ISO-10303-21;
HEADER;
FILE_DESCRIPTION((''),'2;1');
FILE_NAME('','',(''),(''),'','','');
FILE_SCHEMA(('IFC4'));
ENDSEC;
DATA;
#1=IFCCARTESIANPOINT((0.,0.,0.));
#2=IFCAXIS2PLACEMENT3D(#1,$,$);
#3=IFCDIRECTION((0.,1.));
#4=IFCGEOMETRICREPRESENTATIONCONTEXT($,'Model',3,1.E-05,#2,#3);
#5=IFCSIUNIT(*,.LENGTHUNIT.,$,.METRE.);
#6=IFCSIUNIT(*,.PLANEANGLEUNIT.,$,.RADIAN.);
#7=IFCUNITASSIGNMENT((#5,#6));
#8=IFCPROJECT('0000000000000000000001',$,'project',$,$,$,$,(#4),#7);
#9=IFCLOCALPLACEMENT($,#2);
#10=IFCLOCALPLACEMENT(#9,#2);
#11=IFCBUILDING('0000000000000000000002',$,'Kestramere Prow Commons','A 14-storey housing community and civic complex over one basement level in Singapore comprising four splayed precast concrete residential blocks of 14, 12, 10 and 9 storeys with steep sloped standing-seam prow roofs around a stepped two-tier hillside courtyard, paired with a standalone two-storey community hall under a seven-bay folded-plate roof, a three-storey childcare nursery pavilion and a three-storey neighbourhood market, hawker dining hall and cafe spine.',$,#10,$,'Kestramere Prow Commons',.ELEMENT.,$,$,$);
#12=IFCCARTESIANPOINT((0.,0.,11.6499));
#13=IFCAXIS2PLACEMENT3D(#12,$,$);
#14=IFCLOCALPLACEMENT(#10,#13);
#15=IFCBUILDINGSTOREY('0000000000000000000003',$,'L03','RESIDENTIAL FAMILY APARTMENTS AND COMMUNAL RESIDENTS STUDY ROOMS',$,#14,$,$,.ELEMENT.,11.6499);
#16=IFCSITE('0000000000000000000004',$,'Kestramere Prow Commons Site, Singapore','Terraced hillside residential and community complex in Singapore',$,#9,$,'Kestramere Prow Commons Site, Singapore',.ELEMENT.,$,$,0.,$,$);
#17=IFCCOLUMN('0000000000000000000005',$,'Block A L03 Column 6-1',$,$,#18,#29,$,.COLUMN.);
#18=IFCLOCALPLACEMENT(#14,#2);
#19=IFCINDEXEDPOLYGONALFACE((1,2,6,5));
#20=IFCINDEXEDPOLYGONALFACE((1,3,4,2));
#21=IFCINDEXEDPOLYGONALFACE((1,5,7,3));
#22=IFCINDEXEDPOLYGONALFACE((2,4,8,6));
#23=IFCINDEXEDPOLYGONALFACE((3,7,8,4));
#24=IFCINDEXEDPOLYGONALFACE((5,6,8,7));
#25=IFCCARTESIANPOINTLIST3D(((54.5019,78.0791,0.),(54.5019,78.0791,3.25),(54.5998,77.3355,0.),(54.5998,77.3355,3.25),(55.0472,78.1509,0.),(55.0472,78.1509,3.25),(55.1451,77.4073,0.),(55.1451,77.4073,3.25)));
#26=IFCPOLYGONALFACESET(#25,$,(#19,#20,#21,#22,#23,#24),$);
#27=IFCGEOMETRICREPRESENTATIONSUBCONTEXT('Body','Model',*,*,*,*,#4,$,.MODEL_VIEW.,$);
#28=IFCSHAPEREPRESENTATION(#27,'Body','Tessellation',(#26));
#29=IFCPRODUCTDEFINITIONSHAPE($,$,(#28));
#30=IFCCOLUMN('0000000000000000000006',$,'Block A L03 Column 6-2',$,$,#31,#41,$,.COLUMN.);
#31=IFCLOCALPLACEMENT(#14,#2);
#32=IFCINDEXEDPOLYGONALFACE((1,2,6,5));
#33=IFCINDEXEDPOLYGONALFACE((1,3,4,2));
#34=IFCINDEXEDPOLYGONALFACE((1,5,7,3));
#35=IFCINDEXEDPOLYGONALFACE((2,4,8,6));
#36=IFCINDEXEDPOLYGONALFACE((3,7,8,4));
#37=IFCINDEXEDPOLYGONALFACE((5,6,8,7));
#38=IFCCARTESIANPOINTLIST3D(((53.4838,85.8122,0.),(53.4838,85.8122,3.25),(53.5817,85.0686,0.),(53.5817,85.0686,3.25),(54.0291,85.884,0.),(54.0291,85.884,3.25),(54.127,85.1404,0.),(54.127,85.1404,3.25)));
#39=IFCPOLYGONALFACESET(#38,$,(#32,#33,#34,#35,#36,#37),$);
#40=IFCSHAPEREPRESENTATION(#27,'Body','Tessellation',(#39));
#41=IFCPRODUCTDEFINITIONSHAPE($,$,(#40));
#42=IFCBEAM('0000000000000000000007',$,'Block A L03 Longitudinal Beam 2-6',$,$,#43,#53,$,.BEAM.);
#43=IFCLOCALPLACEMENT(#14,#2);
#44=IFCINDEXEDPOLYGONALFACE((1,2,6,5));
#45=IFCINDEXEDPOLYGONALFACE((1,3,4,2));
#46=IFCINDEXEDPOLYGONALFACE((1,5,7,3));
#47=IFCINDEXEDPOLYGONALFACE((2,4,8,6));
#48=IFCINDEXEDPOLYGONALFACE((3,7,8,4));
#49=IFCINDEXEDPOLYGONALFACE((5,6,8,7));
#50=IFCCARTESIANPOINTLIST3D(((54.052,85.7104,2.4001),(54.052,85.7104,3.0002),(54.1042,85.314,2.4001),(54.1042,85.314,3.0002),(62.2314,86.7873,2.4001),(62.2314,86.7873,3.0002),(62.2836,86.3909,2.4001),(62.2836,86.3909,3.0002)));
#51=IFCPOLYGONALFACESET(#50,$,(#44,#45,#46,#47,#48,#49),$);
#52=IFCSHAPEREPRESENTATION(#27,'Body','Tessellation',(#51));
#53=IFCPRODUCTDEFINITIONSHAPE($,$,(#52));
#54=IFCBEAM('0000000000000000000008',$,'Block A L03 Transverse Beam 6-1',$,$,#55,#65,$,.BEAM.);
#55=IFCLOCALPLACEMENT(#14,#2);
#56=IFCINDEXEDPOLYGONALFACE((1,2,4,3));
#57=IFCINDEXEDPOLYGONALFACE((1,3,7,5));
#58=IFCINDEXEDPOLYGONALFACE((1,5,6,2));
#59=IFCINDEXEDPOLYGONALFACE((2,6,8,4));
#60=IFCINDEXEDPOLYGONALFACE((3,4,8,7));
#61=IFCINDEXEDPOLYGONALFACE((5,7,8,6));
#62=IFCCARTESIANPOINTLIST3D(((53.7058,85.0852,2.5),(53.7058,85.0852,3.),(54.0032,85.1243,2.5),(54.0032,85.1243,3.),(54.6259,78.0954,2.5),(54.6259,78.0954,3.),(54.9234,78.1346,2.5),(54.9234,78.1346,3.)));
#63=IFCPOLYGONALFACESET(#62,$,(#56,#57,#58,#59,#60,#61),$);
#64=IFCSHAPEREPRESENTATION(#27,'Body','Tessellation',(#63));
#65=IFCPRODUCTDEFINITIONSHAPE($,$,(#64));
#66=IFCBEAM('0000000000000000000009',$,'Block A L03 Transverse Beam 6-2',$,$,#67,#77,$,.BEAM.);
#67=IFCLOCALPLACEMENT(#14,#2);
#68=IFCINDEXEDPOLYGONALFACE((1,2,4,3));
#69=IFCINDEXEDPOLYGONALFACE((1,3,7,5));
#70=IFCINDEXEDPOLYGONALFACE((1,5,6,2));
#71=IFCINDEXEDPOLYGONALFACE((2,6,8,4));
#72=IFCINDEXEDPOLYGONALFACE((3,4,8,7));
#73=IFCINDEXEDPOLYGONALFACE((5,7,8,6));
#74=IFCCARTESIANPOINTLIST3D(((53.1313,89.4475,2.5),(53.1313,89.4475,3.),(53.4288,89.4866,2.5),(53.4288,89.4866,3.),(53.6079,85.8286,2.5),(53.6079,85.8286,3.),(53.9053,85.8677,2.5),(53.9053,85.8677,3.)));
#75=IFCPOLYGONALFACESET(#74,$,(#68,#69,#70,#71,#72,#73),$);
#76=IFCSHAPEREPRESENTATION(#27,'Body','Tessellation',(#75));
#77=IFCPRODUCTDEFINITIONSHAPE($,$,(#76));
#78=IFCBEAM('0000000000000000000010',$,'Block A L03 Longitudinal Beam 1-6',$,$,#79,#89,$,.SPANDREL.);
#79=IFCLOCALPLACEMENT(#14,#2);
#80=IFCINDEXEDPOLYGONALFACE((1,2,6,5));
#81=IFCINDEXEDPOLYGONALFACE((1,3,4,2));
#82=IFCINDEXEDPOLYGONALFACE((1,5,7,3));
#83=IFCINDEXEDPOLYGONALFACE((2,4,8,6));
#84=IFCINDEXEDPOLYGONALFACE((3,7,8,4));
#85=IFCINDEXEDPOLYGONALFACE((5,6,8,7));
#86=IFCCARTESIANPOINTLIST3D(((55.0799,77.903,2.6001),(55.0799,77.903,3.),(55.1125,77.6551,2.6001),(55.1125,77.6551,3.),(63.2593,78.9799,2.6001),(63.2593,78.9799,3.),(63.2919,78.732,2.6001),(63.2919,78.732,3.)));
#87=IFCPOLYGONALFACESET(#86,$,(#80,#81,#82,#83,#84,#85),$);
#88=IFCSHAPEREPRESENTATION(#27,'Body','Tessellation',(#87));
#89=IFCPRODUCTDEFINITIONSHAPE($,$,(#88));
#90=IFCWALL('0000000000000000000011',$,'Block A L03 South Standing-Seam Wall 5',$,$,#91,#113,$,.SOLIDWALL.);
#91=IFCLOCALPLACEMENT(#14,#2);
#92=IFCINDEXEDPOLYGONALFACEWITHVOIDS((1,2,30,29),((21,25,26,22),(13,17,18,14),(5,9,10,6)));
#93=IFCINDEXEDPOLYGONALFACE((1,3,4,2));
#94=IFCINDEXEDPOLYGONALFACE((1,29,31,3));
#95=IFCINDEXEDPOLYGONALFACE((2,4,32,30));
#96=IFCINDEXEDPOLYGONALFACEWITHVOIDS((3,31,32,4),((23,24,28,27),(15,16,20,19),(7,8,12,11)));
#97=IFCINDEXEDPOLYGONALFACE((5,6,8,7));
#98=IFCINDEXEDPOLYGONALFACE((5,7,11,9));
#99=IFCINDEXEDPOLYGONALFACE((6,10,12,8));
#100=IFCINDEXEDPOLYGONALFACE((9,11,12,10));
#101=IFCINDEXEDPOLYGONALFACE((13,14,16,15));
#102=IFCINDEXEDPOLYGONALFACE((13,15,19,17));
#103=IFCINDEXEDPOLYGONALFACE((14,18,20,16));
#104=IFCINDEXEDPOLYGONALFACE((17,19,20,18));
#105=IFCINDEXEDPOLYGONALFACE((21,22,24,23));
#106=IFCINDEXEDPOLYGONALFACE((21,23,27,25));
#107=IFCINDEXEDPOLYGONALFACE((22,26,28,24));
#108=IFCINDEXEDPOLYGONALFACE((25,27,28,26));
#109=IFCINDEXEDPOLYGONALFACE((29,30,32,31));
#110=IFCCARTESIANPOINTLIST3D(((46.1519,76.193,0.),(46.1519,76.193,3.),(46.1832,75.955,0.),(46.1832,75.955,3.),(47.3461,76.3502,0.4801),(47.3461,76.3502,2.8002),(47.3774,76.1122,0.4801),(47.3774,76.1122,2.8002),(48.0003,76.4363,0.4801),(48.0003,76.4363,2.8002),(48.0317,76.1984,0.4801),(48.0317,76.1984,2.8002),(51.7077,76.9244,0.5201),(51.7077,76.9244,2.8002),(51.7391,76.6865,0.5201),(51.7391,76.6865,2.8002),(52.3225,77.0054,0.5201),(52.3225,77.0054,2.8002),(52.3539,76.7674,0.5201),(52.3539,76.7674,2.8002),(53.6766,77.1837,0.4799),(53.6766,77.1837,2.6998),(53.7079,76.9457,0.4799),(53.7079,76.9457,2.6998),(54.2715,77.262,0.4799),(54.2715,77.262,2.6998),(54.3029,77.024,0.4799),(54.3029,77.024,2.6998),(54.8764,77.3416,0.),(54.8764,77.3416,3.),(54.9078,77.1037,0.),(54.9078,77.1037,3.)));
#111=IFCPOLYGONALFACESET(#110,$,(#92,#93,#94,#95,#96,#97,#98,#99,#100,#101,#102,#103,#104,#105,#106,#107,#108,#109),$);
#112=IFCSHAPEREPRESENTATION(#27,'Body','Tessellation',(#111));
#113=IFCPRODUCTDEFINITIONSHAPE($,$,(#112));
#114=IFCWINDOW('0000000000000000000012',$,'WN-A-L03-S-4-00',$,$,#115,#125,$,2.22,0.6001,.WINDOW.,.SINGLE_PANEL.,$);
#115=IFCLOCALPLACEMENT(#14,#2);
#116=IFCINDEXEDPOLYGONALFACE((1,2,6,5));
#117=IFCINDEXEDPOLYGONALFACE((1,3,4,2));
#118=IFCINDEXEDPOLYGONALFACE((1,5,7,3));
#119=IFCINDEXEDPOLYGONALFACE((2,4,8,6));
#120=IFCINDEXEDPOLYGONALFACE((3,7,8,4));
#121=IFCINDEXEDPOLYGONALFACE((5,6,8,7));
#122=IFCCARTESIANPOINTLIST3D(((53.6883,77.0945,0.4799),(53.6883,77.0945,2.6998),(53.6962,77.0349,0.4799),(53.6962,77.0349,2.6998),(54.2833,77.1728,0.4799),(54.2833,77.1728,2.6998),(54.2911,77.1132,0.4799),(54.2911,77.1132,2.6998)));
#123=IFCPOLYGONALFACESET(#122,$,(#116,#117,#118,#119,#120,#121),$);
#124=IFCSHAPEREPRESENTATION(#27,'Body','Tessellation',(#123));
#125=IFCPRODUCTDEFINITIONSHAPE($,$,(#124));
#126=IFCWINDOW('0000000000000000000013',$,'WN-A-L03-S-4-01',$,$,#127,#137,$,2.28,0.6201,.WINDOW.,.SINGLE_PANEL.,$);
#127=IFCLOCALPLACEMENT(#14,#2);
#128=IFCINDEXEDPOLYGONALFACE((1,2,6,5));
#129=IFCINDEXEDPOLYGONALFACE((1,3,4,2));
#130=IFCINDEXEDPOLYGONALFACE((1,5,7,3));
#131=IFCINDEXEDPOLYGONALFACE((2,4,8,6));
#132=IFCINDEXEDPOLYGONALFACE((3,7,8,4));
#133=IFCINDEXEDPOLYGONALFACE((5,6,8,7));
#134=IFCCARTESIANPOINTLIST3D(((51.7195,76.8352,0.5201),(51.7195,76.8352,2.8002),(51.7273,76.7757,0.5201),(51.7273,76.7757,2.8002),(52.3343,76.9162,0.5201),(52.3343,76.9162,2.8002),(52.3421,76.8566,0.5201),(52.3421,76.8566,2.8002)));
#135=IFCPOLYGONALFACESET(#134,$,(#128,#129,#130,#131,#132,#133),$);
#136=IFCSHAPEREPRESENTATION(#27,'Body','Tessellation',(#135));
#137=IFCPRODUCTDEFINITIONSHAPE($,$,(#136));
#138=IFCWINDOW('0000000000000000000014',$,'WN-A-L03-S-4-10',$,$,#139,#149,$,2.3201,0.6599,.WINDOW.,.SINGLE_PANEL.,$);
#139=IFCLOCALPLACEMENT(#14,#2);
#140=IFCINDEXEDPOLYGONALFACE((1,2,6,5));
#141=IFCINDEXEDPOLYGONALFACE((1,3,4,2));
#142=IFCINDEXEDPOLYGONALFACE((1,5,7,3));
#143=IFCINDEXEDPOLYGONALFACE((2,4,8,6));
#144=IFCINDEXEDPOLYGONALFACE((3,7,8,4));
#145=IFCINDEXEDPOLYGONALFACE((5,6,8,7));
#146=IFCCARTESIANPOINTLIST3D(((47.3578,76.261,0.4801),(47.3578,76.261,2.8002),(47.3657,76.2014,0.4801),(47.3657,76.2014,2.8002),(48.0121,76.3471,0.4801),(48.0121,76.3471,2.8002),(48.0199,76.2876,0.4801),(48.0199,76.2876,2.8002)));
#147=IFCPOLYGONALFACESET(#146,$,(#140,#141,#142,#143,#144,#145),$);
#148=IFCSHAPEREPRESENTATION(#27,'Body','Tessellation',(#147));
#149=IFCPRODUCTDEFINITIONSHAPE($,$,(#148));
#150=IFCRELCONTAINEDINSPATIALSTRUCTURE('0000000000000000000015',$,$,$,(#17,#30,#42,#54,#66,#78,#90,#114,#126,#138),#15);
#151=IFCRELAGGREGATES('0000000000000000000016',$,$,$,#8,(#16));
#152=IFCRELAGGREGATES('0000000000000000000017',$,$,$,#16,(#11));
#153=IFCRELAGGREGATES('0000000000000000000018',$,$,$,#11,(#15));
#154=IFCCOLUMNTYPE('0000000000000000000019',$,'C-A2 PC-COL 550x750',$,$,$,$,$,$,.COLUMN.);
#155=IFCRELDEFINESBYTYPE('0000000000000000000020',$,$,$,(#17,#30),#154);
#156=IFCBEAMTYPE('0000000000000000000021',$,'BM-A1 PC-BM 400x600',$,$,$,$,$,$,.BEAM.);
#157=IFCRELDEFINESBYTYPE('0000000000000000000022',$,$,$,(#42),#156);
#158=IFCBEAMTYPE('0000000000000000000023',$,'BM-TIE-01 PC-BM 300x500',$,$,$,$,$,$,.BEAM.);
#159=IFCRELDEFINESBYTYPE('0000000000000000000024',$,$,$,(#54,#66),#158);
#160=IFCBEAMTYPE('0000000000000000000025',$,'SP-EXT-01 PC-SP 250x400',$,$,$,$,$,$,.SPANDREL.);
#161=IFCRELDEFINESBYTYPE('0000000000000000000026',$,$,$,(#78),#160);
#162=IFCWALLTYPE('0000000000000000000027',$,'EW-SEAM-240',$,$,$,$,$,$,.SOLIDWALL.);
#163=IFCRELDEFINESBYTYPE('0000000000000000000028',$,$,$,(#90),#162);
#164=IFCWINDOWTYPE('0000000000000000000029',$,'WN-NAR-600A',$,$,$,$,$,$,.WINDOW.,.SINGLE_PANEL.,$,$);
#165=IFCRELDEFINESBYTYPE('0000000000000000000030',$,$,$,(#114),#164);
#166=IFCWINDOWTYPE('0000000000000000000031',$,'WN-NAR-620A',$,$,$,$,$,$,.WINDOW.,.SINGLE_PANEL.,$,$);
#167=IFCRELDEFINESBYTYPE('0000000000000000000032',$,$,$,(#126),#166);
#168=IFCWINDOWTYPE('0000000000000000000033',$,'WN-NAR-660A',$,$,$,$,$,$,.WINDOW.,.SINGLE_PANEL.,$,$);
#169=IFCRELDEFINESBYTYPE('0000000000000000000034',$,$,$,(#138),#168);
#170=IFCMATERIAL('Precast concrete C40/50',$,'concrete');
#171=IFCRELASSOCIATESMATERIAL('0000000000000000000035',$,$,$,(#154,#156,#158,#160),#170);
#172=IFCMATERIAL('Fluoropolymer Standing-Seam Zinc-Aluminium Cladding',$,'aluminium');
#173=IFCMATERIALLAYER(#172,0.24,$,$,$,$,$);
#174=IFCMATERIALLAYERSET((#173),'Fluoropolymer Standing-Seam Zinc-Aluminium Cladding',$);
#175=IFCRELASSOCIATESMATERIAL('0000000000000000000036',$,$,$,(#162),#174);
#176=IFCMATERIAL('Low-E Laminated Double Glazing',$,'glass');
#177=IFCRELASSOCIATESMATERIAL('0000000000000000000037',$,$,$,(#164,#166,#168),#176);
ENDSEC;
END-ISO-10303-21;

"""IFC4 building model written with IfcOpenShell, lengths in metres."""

from ifc_helpers import new_model, si_unit, direction, frame, frame_2d, origin, origin_2d, place, context, subcontext, project, spatial, rectangle, extrude, material, layer, layer_set, material_profile, profile_set, type_object, element, fill, save


model = new_model("IFC4")

# Units and contexts
model_context = context("Model", 3, precision=1e-05, world=origin(), true_north=direction((0.0, 1.0)))
body_context = subcontext(model_context, "Body", "Model", "MODEL_VIEW")
ifc_project = project(units=[si_unit("LENGTHUNIT", "METRE"), si_unit("PLANEANGLEUNIT", "RADIAN")], contexts=[model_context])

# Site, building, storey
site_placement = place(None, origin())
site = spatial("IfcSite", under=ifc_project, at=site_placement, Name="Kestramere Prow Commons Site, Singapore", Description="Terraced hillside residential and community complex in Singapore", LongName="Kestramere Prow Commons Site, Singapore", CompositionType="ELEMENT", RefElevation=0.0)
building_placement = place(site_placement, origin())
building = spatial("IfcBuilding", under=site, at=building_placement, Name="Kestramere Prow Commons", Description="A 14-storey housing community and civic complex over one basement level in Singapore comprising four splayed precast concrete residential blocks of 14, 12, 10 and 9 storeys with steep sloped standing-seam prow roofs around a stepped two-tier hillside courtyard, paired with a standalone two-storey community hall under a seven-bay folded-plate roof, a three-storey childcare nursery pavilion and a three-storey neighbourhood market, hawker dining hall and cafe spine.", LongName="Kestramere Prow Commons", CompositionType="ELEMENT")
storey_placement = place(building_placement, frame((0.0, 0.0, 11.6499)))
storey = spatial("IfcBuildingStorey", under=building, at=storey_placement, Name="L03", Description="RESIDENTIAL FAMILY APARTMENTS AND COMMUNAL RESIDENTS STUDY ROOMS", CompositionType="ELEMENT", Elevation=11.6499)

# Columns
ifc_material_1 = material(Name="Precast concrete C40/50", Category="concrete")
ifc_material_profile_1 = material_profile(ifc_material_1, rectangle(XDim=0.55, YDim=0.75, at=origin_2d()), Name="PC-COL 550x750")
ifc_profile_set_1 = profile_set([ifc_material_profile_1], Name="Precast concrete C40/50")
column_type = type_object("IfcColumnType", Name="C-A2 PC-COL 550x750", PredefinedType="COLUMN", material=ifc_profile_set_1)
for number, where, z_axis, x_axis, name in (
    (1, (54.8235, 77.7432, 0.0), (0.0, 0.0, 1.0), (0.991445, 0.130526, 0.0), "Block A L03 Column 6-1"),
    (2, (53.8054, 85.4763, 0.0), (0.0, 0.0, 1.0), (0.991445, 0.130526, 0.0), "Block A L03 Column 6-2"),
):
    element("IfcColumn", number, at=place(storey_placement, frame(where, z_axis=z_axis, x_axis=x_axis)), inside=storey, type_object=column_type, Name=name, PredefinedType="COLUMN", context=body_context, shape_type="SweptSolid", body=[
        extrude(rectangle(XDim=0.55, YDim=0.75, at=origin_2d()), origin(), (0.0, 0.0, 1.0), 3.25),
    ])

# Beams
ifc_material_profile_2 = material_profile(ifc_material_1, rectangle(XDim=0.3999, YDim=0.6001, at=origin_2d()), Name="PC-BM 400x600")
ifc_profile_set_2 = profile_set([ifc_material_profile_2], Name="Precast concrete C40/50")
beam_type_1 = type_object("IfcBeamType", Name="BM-A1 PC-BM 400x600", PredefinedType="BEAM", material=ifc_profile_set_2)
beam_1_placement = place(storey_placement, frame((54.0781, 85.5122, 2.7002), z_axis=(0.991444, 0.130533, 0.0), x_axis=(-0.130533, 0.991444, 0.0)))
element("IfcBeam", 3, at=beam_1_placement, inside=storey, type_object=beam_type_1, Name="Block A L03 Longitudinal Beam 2-6", PredefinedType="BEAM", context=body_context, shape_type="SweptSolid", body=[
    extrude(rectangle(XDim=0.3999, YDim=0.6001, at=origin_2d()), origin(), (0.0, 0.0, 1.0), 8.25),
])
ifc_material_profile_3 = material_profile(ifc_material_1, rectangle(XDim=0.3, YDim=0.5, at=origin_2d()), Name="PC-BM 300x500")
ifc_profile_set_3 = profile_set([ifc_material_profile_3], Name="Precast concrete C40/50")
beam_type_2 = type_object("IfcBeamType", Name="BM-TIE-01 PC-BM 300x500", PredefinedType="BEAM", material=ifc_profile_set_3)
beam_2_placement = place(storey_placement, frame((54.7747, 78.115, 2.75), z_axis=(-0.130519, 0.991446, 0.0), x_axis=(-0.991446, -0.130519, 0.0)))
element("IfcBeam", 4, at=beam_2_placement, inside=storey, type_object=beam_type_2, Name="Block A L03 Transverse Beam 6-1", PredefinedType="BEAM", context=body_context, shape_type="SweptSolid", body=[
    extrude(rectangle(XDim=0.3, YDim=0.5, at=origin_2d()), origin(), (0.0, 0.0, 1.0), 7.05),
])
beam_3_placement = place(storey_placement, frame((53.7566, 85.8481, 2.75), z_axis=(-0.13056, 0.99144, 0.0), x_axis=(-0.99144, -0.13056, 0.0)))
element("IfcBeam", 5, at=beam_3_placement, inside=storey, type_object=beam_type_2, Name="Block A L03 Transverse Beam 6-2", PredefinedType="BEAM", context=body_context, shape_type="SweptSolid", body=[
    extrude(rectangle(XDim=0.3, YDim=0.5, at=origin_2d()), origin(), (0.0, 0.0, 1.0), 3.6501),
])
ifc_material_profile_4 = material_profile(ifc_material_1, rectangle(XDim=0.25, YDim=0.3999, at=origin_2d()), Name="PC-SP 250x400")
ifc_profile_set_4 = profile_set([ifc_material_profile_4], Name="Precast concrete C40/50")
beam_type_3 = type_object("IfcBeamType", Name="SP-EXT-01 PC-SP 250x400", PredefinedType="SPANDREL", material=ifc_profile_set_4)
beam_4_placement = place(storey_placement, frame((55.0962, 77.7791, 2.8), z_axis=(0.991444, 0.130533, 0.0), x_axis=(-0.130533, 0.991444, 0.0)))
element("IfcBeam", 6, at=beam_4_placement, inside=storey, type_object=beam_type_3, Name="Block A L03 Longitudinal Beam 1-6", PredefinedType="SPANDREL", context=body_context, shape_type="SweptSolid", body=[
    extrude(rectangle(XDim=0.25, YDim=0.3999, at=origin_2d()), origin(), (0.0, 0.0, 1.0), 8.25),
])

# Wall, openings, windows
ifc_material_2 = material(Name="Fluoropolymer Standing-Seam Zinc-Aluminium Cladding", Category="aluminium")
ifc_layer_1 = layer(ifc_material_2, 0.24)
ifc_layer_set_1 = layer_set([ifc_layer_1], Name="Fluoropolymer Standing-Seam Zinc-Aluminium Cladding")
wall_type_1 = type_object("IfcWallType", Name="EW-SEAM-240", PredefinedType="SOLIDWALL", material=ifc_layer_set_1)
wall_1_placement = place(storey_placement, frame((54.8921, 77.2227, 0.0), z_axis=(0.0, 0.0, 1.0), x_axis=(-0.991444, -0.130533, 0.0)))
wall_1 = element("IfcWall", 7, at=wall_1_placement, inside=storey, type_object=wall_type_1, Name="Block A L03 South Standing-Seam Wall 5", PredefinedType="SOLIDWALL", context=body_context, shape_type="SweptSolid", body=[
    extrude(rectangle(XDim=8.7998, YDim=0.24, at=frame_2d((4.3999, 0.0))), origin(), (0.0, 0.0, 1.0), 3.0),
])
opening_1_placement = place(wall_1_placement, frame((0.6101, 0.0, 0.48)))
opening_1 = element("IfcOpeningElement", 8, at=opening_1_placement, cuts=wall_1, PredefinedType="OPENING", context=body_context, shape_type="SweptSolid", body=[
    extrude(rectangle(XDim=0.6001, YDim=2.22, at=frame_2d((0.3, 1.1099))), frame((0.0, 0.135, 0.0), z_axis=(0.0, -1.0, 0.0), x_axis=(1.0, 0.0, 0.0)), (0.0, 0.0, 1.0), 0.27),
])
opening_2_placement = place(wall_1_placement, frame((2.5759, 0.0, 0.52)))
opening_2 = element("IfcOpeningElement", 9, at=opening_2_placement, cuts=wall_1, PredefinedType="OPENING", context=body_context, shape_type="SweptSolid", body=[
    extrude(rectangle(XDim=0.6201, YDim=2.28, at=frame_2d((0.3101, 1.1401))), frame((0.0, 0.135, 0.0), z_axis=(0.0, -1.0, 0.0), x_axis=(1.0, 0.0, 0.0)), (0.0, 0.0, 1.0), 0.27),
])
opening_3_placement = place(wall_1_placement, frame((6.9353, 0.0, 0.48)))
opening_3 = element("IfcOpeningElement", 10, at=opening_3_placement, cuts=wall_1, PredefinedType="OPENING", context=body_context, shape_type="SweptSolid", body=[
    extrude(rectangle(XDim=0.6599, YDim=2.3201, at=frame_2d((0.3301, 1.1602))), frame((0.0, 0.135, 0.0), z_axis=(0.0, -1.0, 0.0), x_axis=(1.0, 0.0, 0.0)), (0.0, 0.0, 1.0), 0.27),
])
ifc_material_3 = material(Name="Low-E Laminated Double Glazing", Category="glass")
window_type_1 = type_object("IfcWindowType", Name="WN-NAR-600A", PartitioningType="SINGLE_PANEL", PredefinedType="WINDOW", material=ifc_material_3)
window_1_placement = place(opening_1_placement, origin())
window_1 = element("IfcWindow", 11, at=window_1_placement, inside=storey, type_object=window_type_1, Name="WN-A-L03-S-4-00", OverallHeight=2.22, OverallWidth=0.6001, PartitioningType="SINGLE_PANEL", PredefinedType="WINDOW", context=body_context, shape_type="SweptSolid", body=[
    extrude(rectangle(XDim=0.6001, YDim=2.22, at=frame_2d((0.3, 1.1099))), frame((0.0, 0.03, 0.0), z_axis=(0.0, -1.0, 0.0), x_axis=(1.0, 0.0, 0.0)), (0.0, 0.0, 1.0), 0.0601),
])
fill(opening_1, window_1)
window_type_2 = type_object("IfcWindowType", Name="WN-NAR-620A", PartitioningType="SINGLE_PANEL", PredefinedType="WINDOW", material=ifc_material_3)
window_2_placement = place(opening_2_placement, origin())
window_2 = element("IfcWindow", 12, at=window_2_placement, inside=storey, type_object=window_type_2, Name="WN-A-L03-S-4-01", OverallHeight=2.28, OverallWidth=0.6201, PartitioningType="SINGLE_PANEL", PredefinedType="WINDOW", context=body_context, shape_type="SweptSolid", body=[
    extrude(rectangle(XDim=0.6201, YDim=2.28, at=frame_2d((0.3101, 1.1401))), frame((0.0, 0.03, 0.0), z_axis=(0.0, -1.0, 0.0), x_axis=(1.0, 0.0, 0.0)), (0.0, 0.0, 1.0), 0.0601),
])
fill(opening_2, window_2)
window_type_3 = type_object("IfcWindowType", Name="WN-NAR-660A", PartitioningType="SINGLE_PANEL", PredefinedType="WINDOW", material=ifc_material_3)
window_3_placement = place(opening_3_placement, origin())
window_3 = element("IfcWindow", 13, at=window_3_placement, inside=storey, type_object=window_type_3, Name="WN-A-L03-S-4-10", OverallHeight=2.3201, OverallWidth=0.6599, PartitioningType="SINGLE_PANEL", PredefinedType="WINDOW", context=body_context, shape_type="SweptSolid", body=[
    extrude(rectangle(XDim=0.6599, YDim=2.3201, at=frame_2d((0.3301, 1.1602))), frame((0.0, 0.03, 0.0), z_axis=(0.0, -1.0, 0.0), x_axis=(1.0, 0.0, 0.0)), (0.0, 0.0, 1.0), 0.0601),
])
fill(opening_3, window_3)

save(model, "model.ifc")
